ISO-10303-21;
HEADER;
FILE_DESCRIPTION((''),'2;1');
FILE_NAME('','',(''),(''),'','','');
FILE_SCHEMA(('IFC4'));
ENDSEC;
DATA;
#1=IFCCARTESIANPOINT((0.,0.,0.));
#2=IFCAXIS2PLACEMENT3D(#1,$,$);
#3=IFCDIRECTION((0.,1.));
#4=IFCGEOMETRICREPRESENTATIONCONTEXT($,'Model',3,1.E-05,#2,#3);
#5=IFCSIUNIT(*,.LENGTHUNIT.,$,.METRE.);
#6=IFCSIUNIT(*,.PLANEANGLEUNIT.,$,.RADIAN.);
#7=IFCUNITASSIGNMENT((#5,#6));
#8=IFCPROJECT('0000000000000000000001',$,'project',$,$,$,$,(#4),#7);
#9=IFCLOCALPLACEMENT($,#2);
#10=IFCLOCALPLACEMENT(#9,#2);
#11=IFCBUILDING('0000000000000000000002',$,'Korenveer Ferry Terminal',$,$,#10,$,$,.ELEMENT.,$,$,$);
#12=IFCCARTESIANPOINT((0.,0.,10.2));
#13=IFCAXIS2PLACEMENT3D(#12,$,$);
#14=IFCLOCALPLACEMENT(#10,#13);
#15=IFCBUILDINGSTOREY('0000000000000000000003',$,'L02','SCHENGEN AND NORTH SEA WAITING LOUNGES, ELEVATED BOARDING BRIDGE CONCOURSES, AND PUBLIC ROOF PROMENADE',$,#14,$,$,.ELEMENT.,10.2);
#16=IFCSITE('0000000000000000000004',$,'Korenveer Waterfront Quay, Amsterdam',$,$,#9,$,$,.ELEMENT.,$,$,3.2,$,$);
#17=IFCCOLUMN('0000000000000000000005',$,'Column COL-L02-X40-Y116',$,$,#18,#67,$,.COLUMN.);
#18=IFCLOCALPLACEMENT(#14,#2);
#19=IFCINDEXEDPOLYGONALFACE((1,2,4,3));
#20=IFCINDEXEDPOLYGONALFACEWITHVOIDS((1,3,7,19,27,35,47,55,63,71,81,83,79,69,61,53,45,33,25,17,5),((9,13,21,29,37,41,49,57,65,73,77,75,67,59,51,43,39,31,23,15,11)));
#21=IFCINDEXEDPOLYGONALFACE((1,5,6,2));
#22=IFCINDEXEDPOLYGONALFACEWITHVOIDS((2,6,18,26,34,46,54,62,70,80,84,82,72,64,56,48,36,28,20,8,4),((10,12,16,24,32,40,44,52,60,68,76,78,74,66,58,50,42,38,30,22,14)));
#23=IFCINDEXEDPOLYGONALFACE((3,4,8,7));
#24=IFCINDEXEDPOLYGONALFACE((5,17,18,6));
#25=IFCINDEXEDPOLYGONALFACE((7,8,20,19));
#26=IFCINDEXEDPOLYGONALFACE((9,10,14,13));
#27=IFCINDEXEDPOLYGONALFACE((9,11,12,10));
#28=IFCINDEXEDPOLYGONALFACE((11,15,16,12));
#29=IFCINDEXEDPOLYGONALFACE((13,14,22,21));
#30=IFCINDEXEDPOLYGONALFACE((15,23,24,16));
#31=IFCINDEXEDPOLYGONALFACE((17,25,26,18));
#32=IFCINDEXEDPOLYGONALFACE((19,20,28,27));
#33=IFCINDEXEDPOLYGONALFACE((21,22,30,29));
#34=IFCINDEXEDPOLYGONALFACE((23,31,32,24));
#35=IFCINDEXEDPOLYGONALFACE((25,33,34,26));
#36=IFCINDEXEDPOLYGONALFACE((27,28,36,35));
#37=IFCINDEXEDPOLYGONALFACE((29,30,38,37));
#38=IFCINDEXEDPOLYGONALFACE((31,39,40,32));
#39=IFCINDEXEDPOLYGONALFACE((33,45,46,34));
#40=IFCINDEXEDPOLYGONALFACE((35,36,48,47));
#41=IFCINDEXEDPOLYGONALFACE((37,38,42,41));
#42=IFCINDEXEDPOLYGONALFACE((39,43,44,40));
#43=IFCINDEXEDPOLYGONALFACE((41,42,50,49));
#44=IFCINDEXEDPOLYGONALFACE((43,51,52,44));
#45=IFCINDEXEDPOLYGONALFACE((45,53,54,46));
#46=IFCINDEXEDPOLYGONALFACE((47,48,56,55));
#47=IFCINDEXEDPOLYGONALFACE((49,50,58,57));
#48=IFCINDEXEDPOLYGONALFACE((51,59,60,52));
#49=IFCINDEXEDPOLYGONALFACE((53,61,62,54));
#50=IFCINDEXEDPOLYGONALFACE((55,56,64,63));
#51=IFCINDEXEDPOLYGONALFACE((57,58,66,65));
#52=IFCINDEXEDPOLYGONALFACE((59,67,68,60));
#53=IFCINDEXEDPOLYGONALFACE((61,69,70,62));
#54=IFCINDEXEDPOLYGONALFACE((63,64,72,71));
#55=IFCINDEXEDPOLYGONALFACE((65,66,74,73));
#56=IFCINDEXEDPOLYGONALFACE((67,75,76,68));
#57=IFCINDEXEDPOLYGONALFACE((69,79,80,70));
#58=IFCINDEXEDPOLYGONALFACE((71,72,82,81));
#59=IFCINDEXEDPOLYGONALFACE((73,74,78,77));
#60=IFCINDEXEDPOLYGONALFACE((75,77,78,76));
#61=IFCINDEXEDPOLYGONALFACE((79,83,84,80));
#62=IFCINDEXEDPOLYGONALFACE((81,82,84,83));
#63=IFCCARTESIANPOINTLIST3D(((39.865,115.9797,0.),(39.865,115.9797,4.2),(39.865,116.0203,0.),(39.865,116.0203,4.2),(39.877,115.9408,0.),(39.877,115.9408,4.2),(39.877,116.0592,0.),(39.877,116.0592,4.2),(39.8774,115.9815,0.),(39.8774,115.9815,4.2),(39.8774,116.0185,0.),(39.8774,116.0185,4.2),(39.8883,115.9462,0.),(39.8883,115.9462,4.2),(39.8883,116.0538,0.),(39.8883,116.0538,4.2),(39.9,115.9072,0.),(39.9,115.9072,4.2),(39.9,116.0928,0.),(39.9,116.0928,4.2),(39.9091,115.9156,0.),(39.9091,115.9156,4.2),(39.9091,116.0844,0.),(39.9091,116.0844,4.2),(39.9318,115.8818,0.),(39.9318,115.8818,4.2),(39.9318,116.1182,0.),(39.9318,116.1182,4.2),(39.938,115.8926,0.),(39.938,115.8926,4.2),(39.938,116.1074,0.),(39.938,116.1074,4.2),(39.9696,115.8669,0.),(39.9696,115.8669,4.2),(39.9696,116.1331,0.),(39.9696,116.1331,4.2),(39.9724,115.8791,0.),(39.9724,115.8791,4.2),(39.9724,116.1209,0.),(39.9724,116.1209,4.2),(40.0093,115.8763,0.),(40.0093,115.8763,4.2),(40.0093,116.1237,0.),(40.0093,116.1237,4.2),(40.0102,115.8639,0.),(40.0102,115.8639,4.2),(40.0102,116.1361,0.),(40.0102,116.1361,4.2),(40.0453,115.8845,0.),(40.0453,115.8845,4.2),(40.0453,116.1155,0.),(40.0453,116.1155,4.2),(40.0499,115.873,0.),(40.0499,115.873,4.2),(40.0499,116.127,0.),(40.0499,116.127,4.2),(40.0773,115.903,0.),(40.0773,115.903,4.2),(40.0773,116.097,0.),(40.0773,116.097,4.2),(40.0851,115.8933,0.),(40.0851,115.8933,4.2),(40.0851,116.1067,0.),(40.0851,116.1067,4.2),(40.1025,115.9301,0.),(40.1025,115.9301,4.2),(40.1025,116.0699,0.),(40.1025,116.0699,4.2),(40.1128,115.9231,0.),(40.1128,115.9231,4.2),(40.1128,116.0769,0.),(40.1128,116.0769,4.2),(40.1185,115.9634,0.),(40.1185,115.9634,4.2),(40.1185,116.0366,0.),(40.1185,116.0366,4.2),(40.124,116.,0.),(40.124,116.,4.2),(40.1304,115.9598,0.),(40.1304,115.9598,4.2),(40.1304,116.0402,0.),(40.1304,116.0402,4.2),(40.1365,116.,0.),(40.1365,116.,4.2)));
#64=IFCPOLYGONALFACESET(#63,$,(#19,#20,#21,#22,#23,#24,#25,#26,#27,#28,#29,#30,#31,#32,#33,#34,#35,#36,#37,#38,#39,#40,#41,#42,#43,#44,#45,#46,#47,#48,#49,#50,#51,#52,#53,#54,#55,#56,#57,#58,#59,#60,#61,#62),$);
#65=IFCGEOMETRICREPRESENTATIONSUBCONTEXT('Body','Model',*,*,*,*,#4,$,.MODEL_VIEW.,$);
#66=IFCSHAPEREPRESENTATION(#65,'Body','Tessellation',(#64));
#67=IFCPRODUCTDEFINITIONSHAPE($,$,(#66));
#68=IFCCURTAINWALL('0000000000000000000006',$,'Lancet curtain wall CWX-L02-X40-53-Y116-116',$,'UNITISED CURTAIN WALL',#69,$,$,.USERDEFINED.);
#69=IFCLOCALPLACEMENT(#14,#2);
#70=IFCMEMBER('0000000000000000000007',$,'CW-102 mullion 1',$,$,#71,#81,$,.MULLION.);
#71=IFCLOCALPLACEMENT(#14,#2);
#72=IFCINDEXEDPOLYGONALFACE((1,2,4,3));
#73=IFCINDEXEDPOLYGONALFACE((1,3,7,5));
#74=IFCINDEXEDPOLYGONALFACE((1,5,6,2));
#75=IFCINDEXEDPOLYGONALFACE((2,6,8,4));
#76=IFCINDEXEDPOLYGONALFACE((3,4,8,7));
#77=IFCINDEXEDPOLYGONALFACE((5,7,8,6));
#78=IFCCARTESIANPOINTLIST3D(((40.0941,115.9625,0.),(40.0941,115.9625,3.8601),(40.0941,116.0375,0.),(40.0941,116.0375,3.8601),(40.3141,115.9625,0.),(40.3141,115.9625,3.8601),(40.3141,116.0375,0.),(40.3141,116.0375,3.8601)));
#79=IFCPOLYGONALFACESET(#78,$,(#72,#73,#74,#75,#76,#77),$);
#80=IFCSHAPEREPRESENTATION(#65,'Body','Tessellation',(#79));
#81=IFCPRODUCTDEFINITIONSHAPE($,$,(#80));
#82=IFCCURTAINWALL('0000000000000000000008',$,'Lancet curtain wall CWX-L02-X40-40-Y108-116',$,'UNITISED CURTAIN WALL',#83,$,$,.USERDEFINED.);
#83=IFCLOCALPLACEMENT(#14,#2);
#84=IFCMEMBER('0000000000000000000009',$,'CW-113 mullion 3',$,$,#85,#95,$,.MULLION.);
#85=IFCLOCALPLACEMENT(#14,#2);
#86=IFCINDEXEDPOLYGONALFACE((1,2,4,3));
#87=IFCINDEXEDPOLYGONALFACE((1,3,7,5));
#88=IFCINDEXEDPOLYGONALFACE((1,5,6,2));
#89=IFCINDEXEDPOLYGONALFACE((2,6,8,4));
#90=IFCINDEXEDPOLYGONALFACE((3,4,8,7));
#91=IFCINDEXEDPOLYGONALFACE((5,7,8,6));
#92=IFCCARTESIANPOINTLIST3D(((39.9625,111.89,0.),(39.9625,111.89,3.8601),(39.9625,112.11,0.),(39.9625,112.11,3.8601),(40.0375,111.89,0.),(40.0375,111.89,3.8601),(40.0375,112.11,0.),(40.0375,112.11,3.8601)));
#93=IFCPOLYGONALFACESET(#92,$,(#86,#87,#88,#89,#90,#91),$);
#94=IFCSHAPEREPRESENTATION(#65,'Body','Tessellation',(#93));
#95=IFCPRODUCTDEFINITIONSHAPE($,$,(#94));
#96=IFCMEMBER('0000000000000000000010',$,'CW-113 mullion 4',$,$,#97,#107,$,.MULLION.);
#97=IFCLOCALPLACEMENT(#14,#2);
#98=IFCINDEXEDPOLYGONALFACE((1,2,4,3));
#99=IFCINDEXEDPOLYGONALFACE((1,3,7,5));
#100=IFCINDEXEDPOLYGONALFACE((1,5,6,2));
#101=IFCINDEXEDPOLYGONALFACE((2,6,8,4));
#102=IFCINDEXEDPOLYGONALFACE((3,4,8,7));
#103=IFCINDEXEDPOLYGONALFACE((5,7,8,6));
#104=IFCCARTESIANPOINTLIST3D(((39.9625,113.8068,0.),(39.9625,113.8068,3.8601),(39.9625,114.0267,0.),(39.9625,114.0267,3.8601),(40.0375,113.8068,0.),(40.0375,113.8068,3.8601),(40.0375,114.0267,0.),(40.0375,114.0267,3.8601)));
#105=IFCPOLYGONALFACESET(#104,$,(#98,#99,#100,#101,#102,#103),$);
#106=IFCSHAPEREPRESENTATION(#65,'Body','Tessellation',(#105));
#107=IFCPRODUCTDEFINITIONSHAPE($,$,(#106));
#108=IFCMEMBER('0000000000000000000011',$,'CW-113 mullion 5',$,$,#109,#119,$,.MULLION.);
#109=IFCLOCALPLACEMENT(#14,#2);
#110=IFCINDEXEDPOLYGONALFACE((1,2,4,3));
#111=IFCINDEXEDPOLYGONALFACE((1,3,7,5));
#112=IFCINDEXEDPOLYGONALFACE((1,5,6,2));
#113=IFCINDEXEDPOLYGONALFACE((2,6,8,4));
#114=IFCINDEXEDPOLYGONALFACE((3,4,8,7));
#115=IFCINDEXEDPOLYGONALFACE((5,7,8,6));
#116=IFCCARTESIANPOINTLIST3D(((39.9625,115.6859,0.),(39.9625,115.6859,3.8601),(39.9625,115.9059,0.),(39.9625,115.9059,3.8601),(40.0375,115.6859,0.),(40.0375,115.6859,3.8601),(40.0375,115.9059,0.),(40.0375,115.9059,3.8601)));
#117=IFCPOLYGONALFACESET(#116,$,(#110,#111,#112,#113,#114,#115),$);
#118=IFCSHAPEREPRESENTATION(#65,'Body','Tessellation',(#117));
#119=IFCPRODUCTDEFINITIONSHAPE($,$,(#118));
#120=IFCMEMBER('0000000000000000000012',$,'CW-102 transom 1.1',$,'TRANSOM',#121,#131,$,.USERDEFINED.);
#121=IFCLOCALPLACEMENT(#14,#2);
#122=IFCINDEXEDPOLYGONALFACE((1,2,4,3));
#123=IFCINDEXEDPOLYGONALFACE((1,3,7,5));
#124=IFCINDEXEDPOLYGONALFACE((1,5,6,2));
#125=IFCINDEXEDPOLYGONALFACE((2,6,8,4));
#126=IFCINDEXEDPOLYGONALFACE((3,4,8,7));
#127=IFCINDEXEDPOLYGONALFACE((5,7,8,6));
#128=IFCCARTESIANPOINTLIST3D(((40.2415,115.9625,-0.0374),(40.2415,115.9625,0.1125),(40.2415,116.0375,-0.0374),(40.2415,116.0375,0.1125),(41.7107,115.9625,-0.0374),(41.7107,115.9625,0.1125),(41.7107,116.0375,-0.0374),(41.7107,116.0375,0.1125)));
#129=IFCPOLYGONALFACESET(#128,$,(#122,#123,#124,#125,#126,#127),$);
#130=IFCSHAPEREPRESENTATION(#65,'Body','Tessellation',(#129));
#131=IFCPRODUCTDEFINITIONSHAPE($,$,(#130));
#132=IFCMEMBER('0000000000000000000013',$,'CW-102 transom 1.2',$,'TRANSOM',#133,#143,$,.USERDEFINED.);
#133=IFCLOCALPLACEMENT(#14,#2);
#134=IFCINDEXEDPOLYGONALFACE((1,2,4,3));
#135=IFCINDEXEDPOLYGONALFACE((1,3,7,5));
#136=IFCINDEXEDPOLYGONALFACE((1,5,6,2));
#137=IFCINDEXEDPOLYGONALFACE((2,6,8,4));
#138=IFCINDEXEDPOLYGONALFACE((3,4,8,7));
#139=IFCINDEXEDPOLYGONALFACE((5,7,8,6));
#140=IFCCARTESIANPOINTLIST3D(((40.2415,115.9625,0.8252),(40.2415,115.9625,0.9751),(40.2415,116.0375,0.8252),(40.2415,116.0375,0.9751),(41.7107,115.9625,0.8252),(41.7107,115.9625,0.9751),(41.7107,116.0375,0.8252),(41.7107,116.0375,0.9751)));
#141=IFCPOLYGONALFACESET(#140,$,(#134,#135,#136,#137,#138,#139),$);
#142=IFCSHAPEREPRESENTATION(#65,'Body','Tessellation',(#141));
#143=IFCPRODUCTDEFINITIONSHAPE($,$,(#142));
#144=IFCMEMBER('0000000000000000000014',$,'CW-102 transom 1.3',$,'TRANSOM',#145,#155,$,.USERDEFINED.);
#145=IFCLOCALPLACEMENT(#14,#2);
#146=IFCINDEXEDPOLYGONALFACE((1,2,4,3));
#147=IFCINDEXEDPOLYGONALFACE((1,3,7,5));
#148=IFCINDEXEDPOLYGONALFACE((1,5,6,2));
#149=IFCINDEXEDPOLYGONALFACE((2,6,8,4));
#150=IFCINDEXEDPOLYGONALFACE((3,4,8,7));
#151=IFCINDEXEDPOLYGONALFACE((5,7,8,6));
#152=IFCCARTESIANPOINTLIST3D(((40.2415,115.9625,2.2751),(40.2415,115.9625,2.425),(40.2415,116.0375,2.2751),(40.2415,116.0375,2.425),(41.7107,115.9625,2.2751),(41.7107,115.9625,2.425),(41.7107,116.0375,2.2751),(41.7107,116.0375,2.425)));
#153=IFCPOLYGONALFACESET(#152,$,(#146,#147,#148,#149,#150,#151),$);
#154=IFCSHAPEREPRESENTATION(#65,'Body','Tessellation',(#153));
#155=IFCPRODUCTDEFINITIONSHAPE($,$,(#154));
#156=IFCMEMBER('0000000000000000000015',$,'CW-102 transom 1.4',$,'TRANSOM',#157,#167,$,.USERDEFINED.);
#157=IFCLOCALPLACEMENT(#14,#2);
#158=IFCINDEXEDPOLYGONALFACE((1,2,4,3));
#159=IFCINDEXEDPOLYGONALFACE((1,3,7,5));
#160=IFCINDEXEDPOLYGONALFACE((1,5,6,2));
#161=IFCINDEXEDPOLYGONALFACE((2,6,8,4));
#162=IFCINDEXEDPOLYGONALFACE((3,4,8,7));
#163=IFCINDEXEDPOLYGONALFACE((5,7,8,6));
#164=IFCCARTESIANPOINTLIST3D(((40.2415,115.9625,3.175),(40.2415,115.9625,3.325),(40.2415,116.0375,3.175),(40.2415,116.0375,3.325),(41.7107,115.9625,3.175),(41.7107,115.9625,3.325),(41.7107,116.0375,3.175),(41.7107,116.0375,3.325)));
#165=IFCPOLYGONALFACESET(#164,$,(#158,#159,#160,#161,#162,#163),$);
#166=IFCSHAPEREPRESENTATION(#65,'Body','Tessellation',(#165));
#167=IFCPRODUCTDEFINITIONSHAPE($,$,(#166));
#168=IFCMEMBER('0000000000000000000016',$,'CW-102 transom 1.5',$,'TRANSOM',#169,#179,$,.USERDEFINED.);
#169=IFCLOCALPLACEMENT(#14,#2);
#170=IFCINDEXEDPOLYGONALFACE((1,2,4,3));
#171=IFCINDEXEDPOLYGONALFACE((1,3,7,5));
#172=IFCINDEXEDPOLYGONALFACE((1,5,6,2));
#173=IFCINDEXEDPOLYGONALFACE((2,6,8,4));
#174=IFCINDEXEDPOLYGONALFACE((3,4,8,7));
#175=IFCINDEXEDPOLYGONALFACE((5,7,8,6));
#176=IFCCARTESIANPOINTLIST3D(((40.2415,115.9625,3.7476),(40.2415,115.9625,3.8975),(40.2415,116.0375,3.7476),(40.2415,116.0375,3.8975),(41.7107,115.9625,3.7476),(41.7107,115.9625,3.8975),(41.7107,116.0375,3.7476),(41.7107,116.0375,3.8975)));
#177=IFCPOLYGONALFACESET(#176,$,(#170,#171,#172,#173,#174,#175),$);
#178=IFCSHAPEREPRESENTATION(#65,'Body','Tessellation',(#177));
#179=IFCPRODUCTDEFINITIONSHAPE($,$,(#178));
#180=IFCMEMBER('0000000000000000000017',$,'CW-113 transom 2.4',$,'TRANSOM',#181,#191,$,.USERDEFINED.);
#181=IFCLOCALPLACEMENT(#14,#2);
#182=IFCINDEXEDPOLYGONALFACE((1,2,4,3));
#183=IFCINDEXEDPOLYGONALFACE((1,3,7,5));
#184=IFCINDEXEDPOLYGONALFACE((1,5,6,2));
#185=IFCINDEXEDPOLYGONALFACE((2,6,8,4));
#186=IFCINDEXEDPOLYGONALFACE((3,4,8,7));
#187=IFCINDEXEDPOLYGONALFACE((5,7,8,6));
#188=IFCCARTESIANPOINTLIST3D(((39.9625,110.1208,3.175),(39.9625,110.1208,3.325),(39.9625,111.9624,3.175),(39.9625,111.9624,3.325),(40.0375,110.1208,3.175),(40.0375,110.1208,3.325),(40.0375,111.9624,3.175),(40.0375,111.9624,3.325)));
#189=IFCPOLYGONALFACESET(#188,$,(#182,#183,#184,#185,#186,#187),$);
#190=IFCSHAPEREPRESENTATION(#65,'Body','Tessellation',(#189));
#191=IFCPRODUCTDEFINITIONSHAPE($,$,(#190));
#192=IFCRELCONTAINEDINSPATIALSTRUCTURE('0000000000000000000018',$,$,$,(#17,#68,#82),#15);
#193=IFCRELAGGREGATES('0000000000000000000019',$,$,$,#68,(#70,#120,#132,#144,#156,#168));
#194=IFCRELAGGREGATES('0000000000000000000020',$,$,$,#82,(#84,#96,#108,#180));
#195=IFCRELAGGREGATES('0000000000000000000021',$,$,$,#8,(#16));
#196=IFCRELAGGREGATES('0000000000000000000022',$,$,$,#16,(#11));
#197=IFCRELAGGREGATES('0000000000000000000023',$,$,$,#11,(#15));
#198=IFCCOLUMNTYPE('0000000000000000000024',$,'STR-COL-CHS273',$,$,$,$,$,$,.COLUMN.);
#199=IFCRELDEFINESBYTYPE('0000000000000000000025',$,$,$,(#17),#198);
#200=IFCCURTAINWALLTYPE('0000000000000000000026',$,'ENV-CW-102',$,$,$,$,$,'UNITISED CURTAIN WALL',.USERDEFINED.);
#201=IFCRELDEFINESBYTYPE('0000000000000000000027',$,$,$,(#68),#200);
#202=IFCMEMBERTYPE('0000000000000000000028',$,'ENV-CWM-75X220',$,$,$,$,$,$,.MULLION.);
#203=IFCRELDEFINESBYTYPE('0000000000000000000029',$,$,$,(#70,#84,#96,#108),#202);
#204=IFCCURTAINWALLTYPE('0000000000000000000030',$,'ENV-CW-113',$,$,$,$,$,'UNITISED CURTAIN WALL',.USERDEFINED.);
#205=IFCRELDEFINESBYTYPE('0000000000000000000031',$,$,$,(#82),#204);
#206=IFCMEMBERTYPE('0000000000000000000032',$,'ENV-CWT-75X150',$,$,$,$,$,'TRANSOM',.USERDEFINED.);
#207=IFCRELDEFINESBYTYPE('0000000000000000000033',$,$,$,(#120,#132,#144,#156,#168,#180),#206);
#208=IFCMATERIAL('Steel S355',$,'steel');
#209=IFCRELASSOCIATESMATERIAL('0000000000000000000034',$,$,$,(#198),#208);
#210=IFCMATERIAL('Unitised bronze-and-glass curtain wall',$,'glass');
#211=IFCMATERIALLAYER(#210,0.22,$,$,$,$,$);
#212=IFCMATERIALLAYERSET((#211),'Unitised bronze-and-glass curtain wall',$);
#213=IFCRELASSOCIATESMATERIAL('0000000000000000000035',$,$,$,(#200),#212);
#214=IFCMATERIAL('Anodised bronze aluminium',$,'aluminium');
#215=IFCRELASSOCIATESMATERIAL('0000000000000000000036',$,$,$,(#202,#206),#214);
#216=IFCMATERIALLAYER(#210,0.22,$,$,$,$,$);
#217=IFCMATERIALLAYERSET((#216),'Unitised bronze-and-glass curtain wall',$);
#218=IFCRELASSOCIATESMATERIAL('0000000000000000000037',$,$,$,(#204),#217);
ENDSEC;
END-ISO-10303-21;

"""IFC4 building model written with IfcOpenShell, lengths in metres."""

from ifc_helpers import new_model, si_unit, direction, frame, origin, origin_2d, place, context, subcontext, project, spatial, rectangle, hollow_circle, extrude, material, layer, layer_set, material_profile, profile_set, type_object, element, aggregate, save


model = new_model("IFC4")

# Units and contexts
model_context = context("Model", 3, precision=1e-05, world=origin(), true_north=direction((0.0, 1.0)))
body_context = subcontext(model_context, "Body", "Model", "MODEL_VIEW")
ifc_project = project(units=[si_unit("LENGTHUNIT", "METRE"), si_unit("PLANEANGLEUNIT", "RADIAN")], contexts=[model_context])

# Site, building, storey
site_placement = place(None, origin())
site = spatial("IfcSite", under=ifc_project, at=site_placement, Name="Korenveer Waterfront Quay, Amsterdam", CompositionType="ELEMENT", RefElevation=3.2)
building_placement = place(site_placement, origin())
building = spatial("IfcBuilding", under=site, at=building_placement, Name="Korenveer Ferry Terminal", CompositionType="ELEMENT")
storey_placement = place(building_placement, frame((0.0, 0.0, 10.2)))
storey = spatial("IfcBuildingStorey", under=building, at=storey_placement, Name="L02", Description="SCHENGEN AND NORTH SEA WAITING LOUNGES, ELEVATED BOARDING BRIDGE CONCOURSES, AND PUBLIC ROOF PROMENADE", CompositionType="ELEMENT", Elevation=10.2)

# Column
ifc_material_1 = material(Name="Steel S355", Category="steel")
ifc_material_profile_1 = material_profile(ifc_material_1, hollow_circle(Radius=0.1365, WallThickness=0.0125, at=origin_2d()), Name="CHS 273x12.5")
ifc_profile_set_1 = profile_set([ifc_material_profile_1], Name="Steel S355")
column_type = type_object("IfcColumnType", Name="STR-COL-CHS273", PredefinedType="COLUMN", material=ifc_profile_set_1)
column_placement = place(storey_placement, frame((40.0, 116.0, 0.0), z_axis=(0.0, 0.0, 1.0), x_axis=(1.0, 0.0, 0.0)))
element("IfcColumn", 1, at=column_placement, inside=storey, type_object=column_type, Name="Column COL-L02-X40-Y116", PredefinedType="COLUMN", context=body_context, shape_type="SweptSolid", body=[
    extrude(hollow_circle(Radius=0.1365, WallThickness=0.0125, at=origin_2d()), origin(), (0.0, 0.0, 1.0), 4.2),
])

# Curtain wall, member
ifc_material_2 = material(Name="Unitised bronze-and-glass curtain wall", Category="glass")
ifc_layer_1 = layer(ifc_material_2, 0.22)
ifc_layer_set_1 = layer_set([ifc_layer_1], Name="Unitised bronze-and-glass curtain wall")
curtain_wall_type_1 = type_object("IfcCurtainWallType", Name="ENV-CW-102", ElementType="UNITISED CURTAIN WALL", PredefinedType="USERDEFINED", material=ifc_layer_set_1)
curtain_wall_1_placement = place(storey_placement, frame((40.1665, 116.0, 0.0)))
curtain_wall_1 = element("IfcCurtainWall", 2, at=curtain_wall_1_placement, inside=storey, type_object=curtain_wall_type_1, Name="Lancet curtain wall CWX-L02-X40-53-Y116-116", ObjectType="UNITISED CURTAIN WALL", PredefinedType="USERDEFINED")
ifc_material_3 = material(Name="Anodised bronze aluminium", Category="aluminium")
ifc_material_profile_2 = material_profile(ifc_material_3, rectangle(XDim=0.075, YDim=0.22, at=origin_2d()), Name="ALU 75x220")
ifc_profile_set_2 = profile_set([ifc_material_profile_2], Name="Anodised bronze aluminium")
member_type_1 = type_object("IfcMemberType", Name="ENV-CWM-75X220", PredefinedType="MULLION", material=ifc_profile_set_2)
member_1_placement = place(storey_placement, frame((40.2041, 116.0, 0.0), z_axis=(0.0, 0.0, 1.0), x_axis=(0.0, 1.0, 0.0)))
member_1 = element("IfcMember", 3, at=member_1_placement, type_object=member_type_1, Name="CW-102 mullion 1", PredefinedType="MULLION", context=body_context, shape_type="SweptSolid", body=[
    extrude(rectangle(XDim=0.075, YDim=0.22, at=origin_2d()), origin(), (0.0, 0.0, 1.0), 3.8601),
])

# Curtain wall, members
ifc_layer_2 = layer(ifc_material_2, 0.22)
ifc_layer_set_2 = layer_set([ifc_layer_2], Name="Unitised bronze-and-glass curtain wall")
curtain_wall_type_2 = type_object("IfcCurtainWallType", Name="ENV-CW-113", ElementType="UNITISED CURTAIN WALL", PredefinedType="USERDEFINED", material=ifc_layer_set_2)
curtain_wall_2_placement = place(storey_placement, frame((40.0, 108.1665, 0.0)))
curtain_wall_2 = element("IfcCurtainWall", 4, at=curtain_wall_2_placement, inside=storey, type_object=curtain_wall_type_2, Name="Lancet curtain wall CWX-L02-X40-40-Y108-116", ObjectType="UNITISED CURTAIN WALL", PredefinedType="USERDEFINED")
member_2_placement = place(storey_placement, frame((40.0, 112.0, 0.0), z_axis=(0.0, 0.0, 1.0), x_axis=(-1.0, 0.0, 0.0)))
member_2 = element("IfcMember", 5, at=member_2_placement, type_object=member_type_1, Name="CW-113 mullion 3", PredefinedType="MULLION", context=body_context, shape_type="SweptSolid", body=[
    extrude(rectangle(XDim=0.075, YDim=0.22, at=origin_2d()), origin(), (0.0, 0.0, 1.0), 3.8601),
])
member_3_placement = place(storey_placement, frame((40.0, 113.9167, 0.0), z_axis=(0.0, 0.0, 1.0), x_axis=(-1.0, 0.0, 0.0)))
member_3 = element("IfcMember", 6, at=member_3_placement, type_object=member_type_1, Name="CW-113 mullion 4", PredefinedType="MULLION", context=body_context, shape_type="SweptSolid", body=[
    extrude(rectangle(XDim=0.075, YDim=0.22, at=origin_2d()), origin(), (0.0, 0.0, 1.0), 3.8601),
])
member_4_placement = place(storey_placement, frame((40.0, 115.7959, 0.0), z_axis=(0.0, 0.0, 1.0), x_axis=(-1.0, 0.0, 0.0)))
member_4 = element("IfcMember", 7, at=member_4_placement, type_object=member_type_1, Name="CW-113 mullion 5", PredefinedType="MULLION", context=body_context, shape_type="SweptSolid", body=[
    extrude(rectangle(XDim=0.075, YDim=0.22, at=origin_2d()), origin(), (0.0, 0.0, 1.0), 3.8601),
])

# Members
ifc_material_profile_3 = material_profile(ifc_material_3, rectangle(XDim=0.075, YDim=0.1499, at=origin_2d()), Name="ALU 75x150")
ifc_profile_set_3 = profile_set([ifc_material_profile_3], Name="Anodised bronze aluminium")
member_type_2 = type_object("IfcMemberType", Name="ENV-CWT-75X150", ElementType="TRANSOM", PredefinedType="USERDEFINED", material=ifc_profile_set_3)
member_5_placement = place(storey_placement, frame((40.2415, 116.0, 0.0376), z_axis=(1.0, 0.0, 0.0), x_axis=(0.0, 1.0, 0.0)))
member_5 = element("IfcMember", 8, at=member_5_placement, type_object=member_type_2, Name="CW-102 transom 1.1", ObjectType="TRANSOM", PredefinedType="USERDEFINED", context=body_context, shape_type="SweptSolid", body=[
    extrude(rectangle(XDim=0.075, YDim=0.1499, at=origin_2d()), origin(), (0.0, 0.0, 1.0), 1.4692),
])
member_6_placement = place(storey_placement, frame((40.2415, 116.0, 0.9001), z_axis=(1.0, 0.0, 0.0), x_axis=(0.0, 1.0, 0.0)))
member_6 = element("IfcMember", 9, at=member_6_placement, type_object=member_type_2, Name="CW-102 transom 1.2", ObjectType="TRANSOM", PredefinedType="USERDEFINED", context=body_context, shape_type="SweptSolid", body=[
    extrude(rectangle(XDim=0.075, YDim=0.1499, at=origin_2d()), origin(), (0.0, 0.0, 1.0), 1.4692),
])
member_7_placement = place(storey_placement, frame((40.2415, 116.0, 2.3501), z_axis=(1.0, 0.0, 0.0), x_axis=(0.0, 1.0, 0.0)))
member_7 = element("IfcMember", 10, at=member_7_placement, type_object=member_type_2, Name="CW-102 transom 1.3", ObjectType="TRANSOM", PredefinedType="USERDEFINED", context=body_context, shape_type="SweptSolid", body=[
    extrude(rectangle(XDim=0.075, YDim=0.1499, at=origin_2d()), origin(), (0.0, 0.0, 1.0), 1.4692),
])
member_8_placement = place(storey_placement, frame((40.2415, 116.0, 3.25), z_axis=(1.0, 0.0, 0.0), x_axis=(0.0, 1.0, 0.0)))
member_8 = element("IfcMember", 11, at=member_8_placement, type_object=member_type_2, Name="CW-102 transom 1.4", ObjectType="TRANSOM", PredefinedType="USERDEFINED", context=body_context, shape_type="SweptSolid", body=[
    extrude(rectangle(XDim=0.075, YDim=0.1499, at=origin_2d()), origin(), (0.0, 0.0, 1.0), 1.4692),
])
member_9_placement = place(storey_placement, frame((40.2415, 116.0, 3.8225), z_axis=(1.0, 0.0, 0.0), x_axis=(0.0, 1.0, 0.0)))
member_9 = element("IfcMember", 12, at=member_9_placement, type_object=member_type_2, Name="CW-102 transom 1.5", ObjectType="TRANSOM", PredefinedType="USERDEFINED", context=body_context, shape_type="SweptSolid", body=[
    extrude(rectangle(XDim=0.075, YDim=0.1499, at=origin_2d()), origin(), (0.0, 0.0, 1.0), 1.4692),
])
aggregate(curtain_wall_1, [member_1, member_5, member_6, member_7, member_8, member_9])
member_10_placement = place(storey_placement, frame((40.0, 110.1208, 3.25), z_axis=(0.0, 1.0, 0.0), x_axis=(-1.0, 0.0, 0.0)))
member_10 = element("IfcMember", 13, at=member_10_placement, type_object=member_type_2, Name="CW-113 transom 2.4", ObjectType="TRANSOM", PredefinedType="USERDEFINED", context=body_context, shape_type="SweptSolid", body=[
    extrude(rectangle(XDim=0.075, YDim=0.1499, at=origin_2d()), origin(), (0.0, 0.0, 1.0), 1.8416),
])

aggregate(curtain_wall_2, [member_2, member_3, member_4, member_10])

save(model, "model.ifc")
